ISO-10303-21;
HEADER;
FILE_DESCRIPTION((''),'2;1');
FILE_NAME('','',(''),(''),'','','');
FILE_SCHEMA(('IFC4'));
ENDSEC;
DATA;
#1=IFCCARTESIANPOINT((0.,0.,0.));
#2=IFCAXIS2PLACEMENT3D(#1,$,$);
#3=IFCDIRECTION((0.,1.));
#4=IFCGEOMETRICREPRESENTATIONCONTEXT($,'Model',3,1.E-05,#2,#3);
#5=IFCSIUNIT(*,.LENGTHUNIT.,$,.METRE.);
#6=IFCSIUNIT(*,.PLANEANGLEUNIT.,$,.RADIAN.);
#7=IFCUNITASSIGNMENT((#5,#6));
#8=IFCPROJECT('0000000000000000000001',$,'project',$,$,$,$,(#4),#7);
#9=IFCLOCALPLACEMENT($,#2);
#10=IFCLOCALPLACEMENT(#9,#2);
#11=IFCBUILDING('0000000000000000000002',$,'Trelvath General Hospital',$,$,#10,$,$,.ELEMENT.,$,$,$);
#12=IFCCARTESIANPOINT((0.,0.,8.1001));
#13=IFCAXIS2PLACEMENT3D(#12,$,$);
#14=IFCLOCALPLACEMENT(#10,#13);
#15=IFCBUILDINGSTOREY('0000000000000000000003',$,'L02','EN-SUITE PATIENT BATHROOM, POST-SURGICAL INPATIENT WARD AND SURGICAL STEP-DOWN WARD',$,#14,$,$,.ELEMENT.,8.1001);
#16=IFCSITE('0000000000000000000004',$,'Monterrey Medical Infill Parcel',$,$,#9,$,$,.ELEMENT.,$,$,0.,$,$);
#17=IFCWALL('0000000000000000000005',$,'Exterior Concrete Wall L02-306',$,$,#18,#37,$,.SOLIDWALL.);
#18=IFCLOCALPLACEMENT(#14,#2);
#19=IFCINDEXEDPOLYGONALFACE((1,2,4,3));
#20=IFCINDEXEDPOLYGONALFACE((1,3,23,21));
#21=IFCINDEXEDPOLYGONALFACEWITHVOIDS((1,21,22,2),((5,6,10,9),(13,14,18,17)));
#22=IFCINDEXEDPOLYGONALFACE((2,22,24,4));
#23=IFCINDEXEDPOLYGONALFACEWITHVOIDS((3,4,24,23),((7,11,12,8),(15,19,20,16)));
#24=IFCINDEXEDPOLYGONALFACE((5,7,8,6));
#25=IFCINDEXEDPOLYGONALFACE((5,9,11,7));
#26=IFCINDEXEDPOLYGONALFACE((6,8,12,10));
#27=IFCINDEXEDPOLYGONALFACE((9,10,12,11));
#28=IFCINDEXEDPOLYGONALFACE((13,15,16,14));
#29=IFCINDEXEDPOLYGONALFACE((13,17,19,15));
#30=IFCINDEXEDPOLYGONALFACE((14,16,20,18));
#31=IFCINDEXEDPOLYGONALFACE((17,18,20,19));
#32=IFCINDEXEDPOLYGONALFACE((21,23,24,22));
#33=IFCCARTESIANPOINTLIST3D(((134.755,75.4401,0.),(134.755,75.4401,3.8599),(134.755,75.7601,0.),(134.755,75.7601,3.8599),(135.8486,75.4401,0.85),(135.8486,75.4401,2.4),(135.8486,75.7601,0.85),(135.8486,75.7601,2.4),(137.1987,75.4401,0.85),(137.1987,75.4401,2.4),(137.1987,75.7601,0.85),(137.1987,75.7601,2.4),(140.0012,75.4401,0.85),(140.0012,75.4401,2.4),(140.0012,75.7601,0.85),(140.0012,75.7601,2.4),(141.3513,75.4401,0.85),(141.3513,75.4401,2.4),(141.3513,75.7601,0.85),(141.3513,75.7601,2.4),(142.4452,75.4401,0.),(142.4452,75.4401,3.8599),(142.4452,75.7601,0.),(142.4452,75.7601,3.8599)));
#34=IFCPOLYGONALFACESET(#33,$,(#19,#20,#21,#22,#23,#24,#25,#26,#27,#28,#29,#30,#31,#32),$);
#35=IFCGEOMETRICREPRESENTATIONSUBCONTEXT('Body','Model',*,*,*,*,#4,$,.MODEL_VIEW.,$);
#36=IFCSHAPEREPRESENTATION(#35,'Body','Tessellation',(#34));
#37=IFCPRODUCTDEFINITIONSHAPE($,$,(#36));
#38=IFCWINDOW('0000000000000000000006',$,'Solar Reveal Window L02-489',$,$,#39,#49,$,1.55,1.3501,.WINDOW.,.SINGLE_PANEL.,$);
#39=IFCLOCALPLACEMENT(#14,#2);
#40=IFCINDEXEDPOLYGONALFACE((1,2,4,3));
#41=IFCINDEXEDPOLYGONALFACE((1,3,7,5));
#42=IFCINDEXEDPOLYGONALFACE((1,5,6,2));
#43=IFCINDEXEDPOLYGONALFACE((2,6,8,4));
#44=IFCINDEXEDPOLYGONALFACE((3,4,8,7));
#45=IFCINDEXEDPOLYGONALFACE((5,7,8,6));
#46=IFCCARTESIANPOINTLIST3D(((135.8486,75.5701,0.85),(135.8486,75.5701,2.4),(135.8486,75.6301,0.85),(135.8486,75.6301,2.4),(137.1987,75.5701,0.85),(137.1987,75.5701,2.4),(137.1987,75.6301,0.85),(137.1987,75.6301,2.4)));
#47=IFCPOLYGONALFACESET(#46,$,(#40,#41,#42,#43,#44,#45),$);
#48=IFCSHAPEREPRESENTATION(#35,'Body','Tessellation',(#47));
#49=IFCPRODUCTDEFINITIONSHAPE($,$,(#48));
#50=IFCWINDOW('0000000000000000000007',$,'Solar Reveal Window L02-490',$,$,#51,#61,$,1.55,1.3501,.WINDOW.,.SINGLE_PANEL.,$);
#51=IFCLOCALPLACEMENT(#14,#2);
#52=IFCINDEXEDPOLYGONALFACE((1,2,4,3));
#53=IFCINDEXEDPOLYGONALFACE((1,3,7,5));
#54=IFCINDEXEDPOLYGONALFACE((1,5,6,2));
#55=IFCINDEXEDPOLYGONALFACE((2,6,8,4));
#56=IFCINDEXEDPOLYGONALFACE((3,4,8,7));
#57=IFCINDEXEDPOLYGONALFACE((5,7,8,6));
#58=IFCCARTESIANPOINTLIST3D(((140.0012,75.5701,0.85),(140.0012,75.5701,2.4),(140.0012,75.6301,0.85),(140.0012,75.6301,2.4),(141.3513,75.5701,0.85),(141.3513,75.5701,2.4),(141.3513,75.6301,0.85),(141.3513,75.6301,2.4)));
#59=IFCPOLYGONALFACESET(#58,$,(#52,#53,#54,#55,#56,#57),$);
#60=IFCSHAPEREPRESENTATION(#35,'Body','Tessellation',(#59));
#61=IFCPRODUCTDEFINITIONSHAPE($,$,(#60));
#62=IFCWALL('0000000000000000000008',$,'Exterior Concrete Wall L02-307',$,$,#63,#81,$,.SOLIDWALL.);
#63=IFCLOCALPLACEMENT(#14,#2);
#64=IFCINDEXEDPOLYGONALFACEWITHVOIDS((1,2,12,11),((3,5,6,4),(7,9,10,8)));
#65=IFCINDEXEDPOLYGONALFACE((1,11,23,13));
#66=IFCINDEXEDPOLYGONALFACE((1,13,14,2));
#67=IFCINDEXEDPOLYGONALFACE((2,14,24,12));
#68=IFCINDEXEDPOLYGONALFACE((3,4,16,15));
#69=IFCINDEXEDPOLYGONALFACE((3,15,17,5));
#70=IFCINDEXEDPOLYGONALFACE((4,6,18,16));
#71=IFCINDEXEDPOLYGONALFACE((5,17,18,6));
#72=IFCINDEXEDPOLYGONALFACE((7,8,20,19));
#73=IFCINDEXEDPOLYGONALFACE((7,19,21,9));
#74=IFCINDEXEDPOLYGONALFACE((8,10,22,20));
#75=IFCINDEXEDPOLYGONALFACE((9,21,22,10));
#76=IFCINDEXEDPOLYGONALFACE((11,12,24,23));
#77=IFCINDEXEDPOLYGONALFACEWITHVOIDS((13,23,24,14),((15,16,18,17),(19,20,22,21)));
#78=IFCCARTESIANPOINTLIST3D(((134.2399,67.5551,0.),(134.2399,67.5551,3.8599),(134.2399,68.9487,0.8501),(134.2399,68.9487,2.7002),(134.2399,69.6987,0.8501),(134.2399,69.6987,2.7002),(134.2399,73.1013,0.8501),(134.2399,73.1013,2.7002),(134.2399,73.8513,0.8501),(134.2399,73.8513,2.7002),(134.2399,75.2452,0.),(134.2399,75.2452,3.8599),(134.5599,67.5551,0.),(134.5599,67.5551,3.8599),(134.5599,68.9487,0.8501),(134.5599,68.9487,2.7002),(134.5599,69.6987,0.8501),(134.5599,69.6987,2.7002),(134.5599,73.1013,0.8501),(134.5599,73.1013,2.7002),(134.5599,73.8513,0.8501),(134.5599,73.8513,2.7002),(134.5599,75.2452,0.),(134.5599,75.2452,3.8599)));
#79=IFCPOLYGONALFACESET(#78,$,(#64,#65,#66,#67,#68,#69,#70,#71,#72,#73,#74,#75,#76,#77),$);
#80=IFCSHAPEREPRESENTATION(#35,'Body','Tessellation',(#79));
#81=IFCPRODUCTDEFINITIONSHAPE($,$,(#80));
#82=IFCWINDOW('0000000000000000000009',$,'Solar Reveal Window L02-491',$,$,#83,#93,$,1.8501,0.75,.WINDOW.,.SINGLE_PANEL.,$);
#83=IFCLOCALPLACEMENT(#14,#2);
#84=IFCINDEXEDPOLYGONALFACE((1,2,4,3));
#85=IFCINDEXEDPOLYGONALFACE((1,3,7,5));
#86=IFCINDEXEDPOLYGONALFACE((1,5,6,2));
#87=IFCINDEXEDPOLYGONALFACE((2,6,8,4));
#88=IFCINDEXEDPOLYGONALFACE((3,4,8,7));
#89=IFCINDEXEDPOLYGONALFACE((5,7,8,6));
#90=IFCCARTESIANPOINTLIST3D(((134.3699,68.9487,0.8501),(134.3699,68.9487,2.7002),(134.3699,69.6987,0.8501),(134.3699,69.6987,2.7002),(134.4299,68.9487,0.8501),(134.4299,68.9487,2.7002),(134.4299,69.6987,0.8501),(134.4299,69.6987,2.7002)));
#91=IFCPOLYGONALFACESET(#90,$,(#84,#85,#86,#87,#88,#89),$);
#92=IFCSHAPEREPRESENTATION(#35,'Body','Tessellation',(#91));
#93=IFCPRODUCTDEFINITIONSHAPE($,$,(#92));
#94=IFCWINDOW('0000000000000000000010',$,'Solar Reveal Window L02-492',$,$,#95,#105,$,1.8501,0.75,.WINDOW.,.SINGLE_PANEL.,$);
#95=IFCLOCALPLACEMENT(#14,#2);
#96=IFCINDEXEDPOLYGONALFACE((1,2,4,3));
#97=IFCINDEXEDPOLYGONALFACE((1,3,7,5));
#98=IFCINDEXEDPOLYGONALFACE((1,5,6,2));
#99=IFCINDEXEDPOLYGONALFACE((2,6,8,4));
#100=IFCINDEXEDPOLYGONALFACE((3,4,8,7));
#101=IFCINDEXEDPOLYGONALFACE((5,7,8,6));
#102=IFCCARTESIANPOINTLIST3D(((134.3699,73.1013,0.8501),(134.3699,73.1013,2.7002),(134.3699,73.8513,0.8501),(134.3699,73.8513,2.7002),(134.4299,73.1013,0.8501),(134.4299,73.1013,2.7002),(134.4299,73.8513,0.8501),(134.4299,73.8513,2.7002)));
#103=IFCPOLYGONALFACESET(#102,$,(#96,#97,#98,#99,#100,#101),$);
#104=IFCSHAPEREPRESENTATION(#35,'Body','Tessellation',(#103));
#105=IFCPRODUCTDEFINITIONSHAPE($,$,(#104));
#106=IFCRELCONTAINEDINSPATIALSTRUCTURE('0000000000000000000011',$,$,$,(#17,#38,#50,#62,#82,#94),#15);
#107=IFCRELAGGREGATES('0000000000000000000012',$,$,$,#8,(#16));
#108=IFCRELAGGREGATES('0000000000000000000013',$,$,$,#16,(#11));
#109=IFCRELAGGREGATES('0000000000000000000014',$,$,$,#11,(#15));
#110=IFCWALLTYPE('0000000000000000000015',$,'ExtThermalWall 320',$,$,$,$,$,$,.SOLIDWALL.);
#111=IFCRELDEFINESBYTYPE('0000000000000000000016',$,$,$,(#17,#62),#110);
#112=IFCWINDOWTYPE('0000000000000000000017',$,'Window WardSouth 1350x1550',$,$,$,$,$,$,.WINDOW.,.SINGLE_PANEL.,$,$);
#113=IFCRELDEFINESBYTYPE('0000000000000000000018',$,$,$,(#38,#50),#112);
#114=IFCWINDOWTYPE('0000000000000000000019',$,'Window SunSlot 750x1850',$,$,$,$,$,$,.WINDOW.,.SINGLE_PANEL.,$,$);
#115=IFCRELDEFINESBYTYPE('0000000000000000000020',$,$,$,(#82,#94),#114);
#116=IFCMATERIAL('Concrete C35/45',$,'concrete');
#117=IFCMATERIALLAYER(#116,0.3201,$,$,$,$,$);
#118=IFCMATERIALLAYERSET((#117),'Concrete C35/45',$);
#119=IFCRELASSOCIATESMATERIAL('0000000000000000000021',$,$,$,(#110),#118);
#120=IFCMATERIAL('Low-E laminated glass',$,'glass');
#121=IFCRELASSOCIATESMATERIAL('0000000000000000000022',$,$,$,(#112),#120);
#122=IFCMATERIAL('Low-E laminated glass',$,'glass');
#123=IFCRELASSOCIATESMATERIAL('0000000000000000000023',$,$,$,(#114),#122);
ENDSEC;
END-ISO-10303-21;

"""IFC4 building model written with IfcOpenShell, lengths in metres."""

from ifc_helpers import new_model, si_unit, direction, frame, frame_2d, origin, place, context, subcontext, project, spatial, rectangle, extrude, material, layer, layer_set, type_object, element, fill, save


model = new_model("IFC4")

# Units and contexts
model_context = context("Model", 3, precision=1e-05, world=origin(), true_north=direction((0.0, 1.0)))
body_context = subcontext(model_context, "Body", "Model", "MODEL_VIEW")
ifc_project = project(units=[si_unit("LENGTHUNIT", "METRE"), si_unit("PLANEANGLEUNIT", "RADIAN")], contexts=[model_context])

# Site, building, storey
site_placement = place(None, origin())
site = spatial("IfcSite", under=ifc_project, at=site_placement, Name="Monterrey Medical Infill Parcel", CompositionType="ELEMENT", RefElevation=0.0)
building_placement = place(site_placement, origin())
building = spatial("IfcBuilding", under=site, at=building_placement, Name="Trelvath General Hospital", CompositionType="ELEMENT")
storey_placement = place(building_placement, frame((0.0, 0.0, 8.1001)))
storey = spatial("IfcBuildingStorey", under=building, at=storey_placement, Name="L02", Description="EN-SUITE PATIENT BATHROOM, POST-SURGICAL INPATIENT WARD AND SURGICAL STEP-DOWN WARD", CompositionType="ELEMENT", Elevation=8.1001)

# Walls, openings, windows
ifc_material_1 = material(Name="Concrete C35/45", Category="concrete")
ifc_layer_1 = layer(ifc_material_1, 0.3201)
ifc_layer_set_1 = layer_set([ifc_layer_1], Name="Concrete C35/45")
wall_type = type_object("IfcWallType", Name="ExtThermalWall 320", PredefinedType="SOLIDWALL", material=ifc_layer_set_1)
wall_1_placement = place(storey_placement, frame((134.7549, 75.6001, 0.0), z_axis=(0.0, 0.0, 1.0), x_axis=(1.0, 0.0, 0.0)))
wall_1 = element("IfcWall", 1, at=wall_1_placement, inside=storey, type_object=wall_type, Name="Exterior Concrete Wall L02-306", PredefinedType="SOLIDWALL", context=body_context, shape_type="SweptSolid", body=[
    extrude(rectangle(XDim=7.6902, YDim=0.3201, at=frame_2d((3.8452, 0.0))), origin(), (0.0, 0.0, 1.0), 3.8599),
])
opening_1_placement = place(wall_1_placement, frame((1.0938, 0.0, 0.8501)))
opening_1 = element("IfcOpeningElement", 2, at=opening_1_placement, cuts=wall_1, PredefinedType="OPENING", context=body_context, shape_type="SweptSolid", body=[
    extrude(rectangle(XDim=1.3501, YDim=1.55, at=frame_2d((0.675, 0.7749))), frame((0.0, 0.1699, 0.0), z_axis=(0.0, -1.0, 0.0), x_axis=(1.0, 0.0, 0.0)), (0.0, 0.0, 1.0), 0.3401),
])
opening_2_placement = place(wall_1_placement, frame((5.2463, 0.0, 0.8501)))
opening_2 = element("IfcOpeningElement", 3, at=opening_2_placement, cuts=wall_1, PredefinedType="OPENING", context=body_context, shape_type="SweptSolid", body=[
    extrude(rectangle(XDim=1.3501, YDim=1.55, at=frame_2d((0.675, 0.7749))), frame((0.0, 0.1699, 0.0), z_axis=(0.0, -1.0, 0.0), x_axis=(1.0, 0.0, 0.0)), (0.0, 0.0, 1.0), 0.3401),
])
ifc_material_2 = material(Name="Low-E laminated glass", Category="glass")
window_type_1 = type_object("IfcWindowType", Name="Window WardSouth 1350x1550", PartitioningType="SINGLE_PANEL", PredefinedType="WINDOW", material=ifc_material_2)
window_1_placement = place(opening_1_placement, origin())
window_1 = element("IfcWindow", 4, at=window_1_placement, inside=storey, type_object=window_type_1, Name="Solar Reveal Window L02-489", OverallHeight=1.55, OverallWidth=1.3501, PartitioningType="SINGLE_PANEL", PredefinedType="WINDOW", context=body_context, shape_type="SweptSolid", body=[
    extrude(rectangle(XDim=1.3501, YDim=1.55, at=frame_2d((0.675, 0.7749))), frame((0.0, 0.03, 0.0), z_axis=(0.0, -1.0, 0.0), x_axis=(1.0, 0.0, 0.0)), (0.0, 0.0, 1.0), 0.0601),
])
fill(opening_1, window_1)
window_2_placement = place(opening_2_placement, origin())
window_2 = element("IfcWindow", 5, at=window_2_placement, inside=storey, type_object=window_type_1, Name="Solar Reveal Window L02-490", OverallHeight=1.55, OverallWidth=1.3501, PartitioningType="SINGLE_PANEL", PredefinedType="WINDOW", context=body_context, shape_type="SweptSolid", body=[
    extrude(rectangle(XDim=1.3501, YDim=1.55, at=frame_2d((0.675, 0.7749))), frame((0.0, 0.03, 0.0), z_axis=(0.0, -1.0, 0.0), x_axis=(1.0, 0.0, 0.0)), (0.0, 0.0, 1.0), 0.0601),
])
fill(opening_2, window_2)
wall_2_placement = place(storey_placement, frame((134.3999, 67.5549, 0.0), z_axis=(0.0, 0.0, 1.0), x_axis=(0.0, 1.0, 0.0)))
wall_2 = element("IfcWall", 6, at=wall_2_placement, inside=storey, type_object=wall_type, Name="Exterior Concrete Wall L02-307", PredefinedType="SOLIDWALL", context=body_context, shape_type="SweptSolid", body=[
    extrude(rectangle(XDim=7.6902, YDim=0.3201, at=frame_2d((3.8452, 0.0))), origin(), (0.0, 0.0, 1.0), 3.8599),
])
opening_3_placement = place(wall_2_placement, frame((1.3938, 0.0, 0.8501)))
opening_3 = element("IfcOpeningElement", 7, at=opening_3_placement, cuts=wall_2, PredefinedType="OPENING", context=body_context, shape_type="SweptSolid", body=[
    extrude(rectangle(XDim=0.75, YDim=1.8501, at=frame_2d((0.375, 0.925))), frame((0.0, 0.1699, 0.0), z_axis=(0.0, -1.0, 0.0), x_axis=(1.0, 0.0, 0.0)), (0.0, 0.0, 1.0), 0.3401),
])
opening_4_placement = place(wall_2_placement, frame((5.5464, 0.0, 0.8501)))
opening_4 = element("IfcOpeningElement", 8, at=opening_4_placement, cuts=wall_2, PredefinedType="OPENING", context=body_context, shape_type="SweptSolid", body=[
    extrude(rectangle(XDim=0.75, YDim=1.8501, at=frame_2d((0.375, 0.925))), frame((0.0, 0.1699, 0.0), z_axis=(0.0, -1.0, 0.0), x_axis=(1.0, 0.0, 0.0)), (0.0, 0.0, 1.0), 0.3401),
])
ifc_material_3 = material(Name="Low-E laminated glass", Category="glass")
window_type_2 = type_object("IfcWindowType", Name="Window SunSlot 750x1850", PartitioningType="SINGLE_PANEL", PredefinedType="WINDOW", material=ifc_material_3)
window_3_placement = place(opening_3_placement, origin())
window_3 = element("IfcWindow", 9, at=window_3_placement, inside=storey, type_object=window_type_2, Name="Solar Reveal Window L02-491", OverallHeight=1.8501, OverallWidth=0.75, PartitioningType="SINGLE_PANEL", PredefinedType="WINDOW", context=body_context, shape_type="SweptSolid", body=[
    extrude(rectangle(XDim=0.75, YDim=1.8501, at=frame_2d((0.375, 0.925))), frame((0.0, 0.03, 0.0), z_axis=(0.0, -1.0, 0.0), x_axis=(1.0, 0.0, 0.0)), (0.0, 0.0, 1.0), 0.0601),
])
fill(opening_3, window_3)
window_4_placement = place(opening_4_placement, origin())
window_4 = element("IfcWindow", 10, at=window_4_placement, inside=storey, type_object=window_type_2, Name="Solar Reveal Window L02-492", OverallHeight=1.8501, OverallWidth=0.75, PartitioningType="SINGLE_PANEL", PredefinedType="WINDOW", context=body_context, shape_type="SweptSolid", body=[
    extrude(rectangle(XDim=0.75, YDim=1.8501, at=frame_2d((0.375, 0.925))), frame((0.0, 0.03, 0.0), z_axis=(0.0, -1.0, 0.0), x_axis=(1.0, 0.0, 0.0)), (0.0, 0.0, 1.0), 0.0601),
])
fill(opening_4, window_4)

save(model, "model.ifc")
